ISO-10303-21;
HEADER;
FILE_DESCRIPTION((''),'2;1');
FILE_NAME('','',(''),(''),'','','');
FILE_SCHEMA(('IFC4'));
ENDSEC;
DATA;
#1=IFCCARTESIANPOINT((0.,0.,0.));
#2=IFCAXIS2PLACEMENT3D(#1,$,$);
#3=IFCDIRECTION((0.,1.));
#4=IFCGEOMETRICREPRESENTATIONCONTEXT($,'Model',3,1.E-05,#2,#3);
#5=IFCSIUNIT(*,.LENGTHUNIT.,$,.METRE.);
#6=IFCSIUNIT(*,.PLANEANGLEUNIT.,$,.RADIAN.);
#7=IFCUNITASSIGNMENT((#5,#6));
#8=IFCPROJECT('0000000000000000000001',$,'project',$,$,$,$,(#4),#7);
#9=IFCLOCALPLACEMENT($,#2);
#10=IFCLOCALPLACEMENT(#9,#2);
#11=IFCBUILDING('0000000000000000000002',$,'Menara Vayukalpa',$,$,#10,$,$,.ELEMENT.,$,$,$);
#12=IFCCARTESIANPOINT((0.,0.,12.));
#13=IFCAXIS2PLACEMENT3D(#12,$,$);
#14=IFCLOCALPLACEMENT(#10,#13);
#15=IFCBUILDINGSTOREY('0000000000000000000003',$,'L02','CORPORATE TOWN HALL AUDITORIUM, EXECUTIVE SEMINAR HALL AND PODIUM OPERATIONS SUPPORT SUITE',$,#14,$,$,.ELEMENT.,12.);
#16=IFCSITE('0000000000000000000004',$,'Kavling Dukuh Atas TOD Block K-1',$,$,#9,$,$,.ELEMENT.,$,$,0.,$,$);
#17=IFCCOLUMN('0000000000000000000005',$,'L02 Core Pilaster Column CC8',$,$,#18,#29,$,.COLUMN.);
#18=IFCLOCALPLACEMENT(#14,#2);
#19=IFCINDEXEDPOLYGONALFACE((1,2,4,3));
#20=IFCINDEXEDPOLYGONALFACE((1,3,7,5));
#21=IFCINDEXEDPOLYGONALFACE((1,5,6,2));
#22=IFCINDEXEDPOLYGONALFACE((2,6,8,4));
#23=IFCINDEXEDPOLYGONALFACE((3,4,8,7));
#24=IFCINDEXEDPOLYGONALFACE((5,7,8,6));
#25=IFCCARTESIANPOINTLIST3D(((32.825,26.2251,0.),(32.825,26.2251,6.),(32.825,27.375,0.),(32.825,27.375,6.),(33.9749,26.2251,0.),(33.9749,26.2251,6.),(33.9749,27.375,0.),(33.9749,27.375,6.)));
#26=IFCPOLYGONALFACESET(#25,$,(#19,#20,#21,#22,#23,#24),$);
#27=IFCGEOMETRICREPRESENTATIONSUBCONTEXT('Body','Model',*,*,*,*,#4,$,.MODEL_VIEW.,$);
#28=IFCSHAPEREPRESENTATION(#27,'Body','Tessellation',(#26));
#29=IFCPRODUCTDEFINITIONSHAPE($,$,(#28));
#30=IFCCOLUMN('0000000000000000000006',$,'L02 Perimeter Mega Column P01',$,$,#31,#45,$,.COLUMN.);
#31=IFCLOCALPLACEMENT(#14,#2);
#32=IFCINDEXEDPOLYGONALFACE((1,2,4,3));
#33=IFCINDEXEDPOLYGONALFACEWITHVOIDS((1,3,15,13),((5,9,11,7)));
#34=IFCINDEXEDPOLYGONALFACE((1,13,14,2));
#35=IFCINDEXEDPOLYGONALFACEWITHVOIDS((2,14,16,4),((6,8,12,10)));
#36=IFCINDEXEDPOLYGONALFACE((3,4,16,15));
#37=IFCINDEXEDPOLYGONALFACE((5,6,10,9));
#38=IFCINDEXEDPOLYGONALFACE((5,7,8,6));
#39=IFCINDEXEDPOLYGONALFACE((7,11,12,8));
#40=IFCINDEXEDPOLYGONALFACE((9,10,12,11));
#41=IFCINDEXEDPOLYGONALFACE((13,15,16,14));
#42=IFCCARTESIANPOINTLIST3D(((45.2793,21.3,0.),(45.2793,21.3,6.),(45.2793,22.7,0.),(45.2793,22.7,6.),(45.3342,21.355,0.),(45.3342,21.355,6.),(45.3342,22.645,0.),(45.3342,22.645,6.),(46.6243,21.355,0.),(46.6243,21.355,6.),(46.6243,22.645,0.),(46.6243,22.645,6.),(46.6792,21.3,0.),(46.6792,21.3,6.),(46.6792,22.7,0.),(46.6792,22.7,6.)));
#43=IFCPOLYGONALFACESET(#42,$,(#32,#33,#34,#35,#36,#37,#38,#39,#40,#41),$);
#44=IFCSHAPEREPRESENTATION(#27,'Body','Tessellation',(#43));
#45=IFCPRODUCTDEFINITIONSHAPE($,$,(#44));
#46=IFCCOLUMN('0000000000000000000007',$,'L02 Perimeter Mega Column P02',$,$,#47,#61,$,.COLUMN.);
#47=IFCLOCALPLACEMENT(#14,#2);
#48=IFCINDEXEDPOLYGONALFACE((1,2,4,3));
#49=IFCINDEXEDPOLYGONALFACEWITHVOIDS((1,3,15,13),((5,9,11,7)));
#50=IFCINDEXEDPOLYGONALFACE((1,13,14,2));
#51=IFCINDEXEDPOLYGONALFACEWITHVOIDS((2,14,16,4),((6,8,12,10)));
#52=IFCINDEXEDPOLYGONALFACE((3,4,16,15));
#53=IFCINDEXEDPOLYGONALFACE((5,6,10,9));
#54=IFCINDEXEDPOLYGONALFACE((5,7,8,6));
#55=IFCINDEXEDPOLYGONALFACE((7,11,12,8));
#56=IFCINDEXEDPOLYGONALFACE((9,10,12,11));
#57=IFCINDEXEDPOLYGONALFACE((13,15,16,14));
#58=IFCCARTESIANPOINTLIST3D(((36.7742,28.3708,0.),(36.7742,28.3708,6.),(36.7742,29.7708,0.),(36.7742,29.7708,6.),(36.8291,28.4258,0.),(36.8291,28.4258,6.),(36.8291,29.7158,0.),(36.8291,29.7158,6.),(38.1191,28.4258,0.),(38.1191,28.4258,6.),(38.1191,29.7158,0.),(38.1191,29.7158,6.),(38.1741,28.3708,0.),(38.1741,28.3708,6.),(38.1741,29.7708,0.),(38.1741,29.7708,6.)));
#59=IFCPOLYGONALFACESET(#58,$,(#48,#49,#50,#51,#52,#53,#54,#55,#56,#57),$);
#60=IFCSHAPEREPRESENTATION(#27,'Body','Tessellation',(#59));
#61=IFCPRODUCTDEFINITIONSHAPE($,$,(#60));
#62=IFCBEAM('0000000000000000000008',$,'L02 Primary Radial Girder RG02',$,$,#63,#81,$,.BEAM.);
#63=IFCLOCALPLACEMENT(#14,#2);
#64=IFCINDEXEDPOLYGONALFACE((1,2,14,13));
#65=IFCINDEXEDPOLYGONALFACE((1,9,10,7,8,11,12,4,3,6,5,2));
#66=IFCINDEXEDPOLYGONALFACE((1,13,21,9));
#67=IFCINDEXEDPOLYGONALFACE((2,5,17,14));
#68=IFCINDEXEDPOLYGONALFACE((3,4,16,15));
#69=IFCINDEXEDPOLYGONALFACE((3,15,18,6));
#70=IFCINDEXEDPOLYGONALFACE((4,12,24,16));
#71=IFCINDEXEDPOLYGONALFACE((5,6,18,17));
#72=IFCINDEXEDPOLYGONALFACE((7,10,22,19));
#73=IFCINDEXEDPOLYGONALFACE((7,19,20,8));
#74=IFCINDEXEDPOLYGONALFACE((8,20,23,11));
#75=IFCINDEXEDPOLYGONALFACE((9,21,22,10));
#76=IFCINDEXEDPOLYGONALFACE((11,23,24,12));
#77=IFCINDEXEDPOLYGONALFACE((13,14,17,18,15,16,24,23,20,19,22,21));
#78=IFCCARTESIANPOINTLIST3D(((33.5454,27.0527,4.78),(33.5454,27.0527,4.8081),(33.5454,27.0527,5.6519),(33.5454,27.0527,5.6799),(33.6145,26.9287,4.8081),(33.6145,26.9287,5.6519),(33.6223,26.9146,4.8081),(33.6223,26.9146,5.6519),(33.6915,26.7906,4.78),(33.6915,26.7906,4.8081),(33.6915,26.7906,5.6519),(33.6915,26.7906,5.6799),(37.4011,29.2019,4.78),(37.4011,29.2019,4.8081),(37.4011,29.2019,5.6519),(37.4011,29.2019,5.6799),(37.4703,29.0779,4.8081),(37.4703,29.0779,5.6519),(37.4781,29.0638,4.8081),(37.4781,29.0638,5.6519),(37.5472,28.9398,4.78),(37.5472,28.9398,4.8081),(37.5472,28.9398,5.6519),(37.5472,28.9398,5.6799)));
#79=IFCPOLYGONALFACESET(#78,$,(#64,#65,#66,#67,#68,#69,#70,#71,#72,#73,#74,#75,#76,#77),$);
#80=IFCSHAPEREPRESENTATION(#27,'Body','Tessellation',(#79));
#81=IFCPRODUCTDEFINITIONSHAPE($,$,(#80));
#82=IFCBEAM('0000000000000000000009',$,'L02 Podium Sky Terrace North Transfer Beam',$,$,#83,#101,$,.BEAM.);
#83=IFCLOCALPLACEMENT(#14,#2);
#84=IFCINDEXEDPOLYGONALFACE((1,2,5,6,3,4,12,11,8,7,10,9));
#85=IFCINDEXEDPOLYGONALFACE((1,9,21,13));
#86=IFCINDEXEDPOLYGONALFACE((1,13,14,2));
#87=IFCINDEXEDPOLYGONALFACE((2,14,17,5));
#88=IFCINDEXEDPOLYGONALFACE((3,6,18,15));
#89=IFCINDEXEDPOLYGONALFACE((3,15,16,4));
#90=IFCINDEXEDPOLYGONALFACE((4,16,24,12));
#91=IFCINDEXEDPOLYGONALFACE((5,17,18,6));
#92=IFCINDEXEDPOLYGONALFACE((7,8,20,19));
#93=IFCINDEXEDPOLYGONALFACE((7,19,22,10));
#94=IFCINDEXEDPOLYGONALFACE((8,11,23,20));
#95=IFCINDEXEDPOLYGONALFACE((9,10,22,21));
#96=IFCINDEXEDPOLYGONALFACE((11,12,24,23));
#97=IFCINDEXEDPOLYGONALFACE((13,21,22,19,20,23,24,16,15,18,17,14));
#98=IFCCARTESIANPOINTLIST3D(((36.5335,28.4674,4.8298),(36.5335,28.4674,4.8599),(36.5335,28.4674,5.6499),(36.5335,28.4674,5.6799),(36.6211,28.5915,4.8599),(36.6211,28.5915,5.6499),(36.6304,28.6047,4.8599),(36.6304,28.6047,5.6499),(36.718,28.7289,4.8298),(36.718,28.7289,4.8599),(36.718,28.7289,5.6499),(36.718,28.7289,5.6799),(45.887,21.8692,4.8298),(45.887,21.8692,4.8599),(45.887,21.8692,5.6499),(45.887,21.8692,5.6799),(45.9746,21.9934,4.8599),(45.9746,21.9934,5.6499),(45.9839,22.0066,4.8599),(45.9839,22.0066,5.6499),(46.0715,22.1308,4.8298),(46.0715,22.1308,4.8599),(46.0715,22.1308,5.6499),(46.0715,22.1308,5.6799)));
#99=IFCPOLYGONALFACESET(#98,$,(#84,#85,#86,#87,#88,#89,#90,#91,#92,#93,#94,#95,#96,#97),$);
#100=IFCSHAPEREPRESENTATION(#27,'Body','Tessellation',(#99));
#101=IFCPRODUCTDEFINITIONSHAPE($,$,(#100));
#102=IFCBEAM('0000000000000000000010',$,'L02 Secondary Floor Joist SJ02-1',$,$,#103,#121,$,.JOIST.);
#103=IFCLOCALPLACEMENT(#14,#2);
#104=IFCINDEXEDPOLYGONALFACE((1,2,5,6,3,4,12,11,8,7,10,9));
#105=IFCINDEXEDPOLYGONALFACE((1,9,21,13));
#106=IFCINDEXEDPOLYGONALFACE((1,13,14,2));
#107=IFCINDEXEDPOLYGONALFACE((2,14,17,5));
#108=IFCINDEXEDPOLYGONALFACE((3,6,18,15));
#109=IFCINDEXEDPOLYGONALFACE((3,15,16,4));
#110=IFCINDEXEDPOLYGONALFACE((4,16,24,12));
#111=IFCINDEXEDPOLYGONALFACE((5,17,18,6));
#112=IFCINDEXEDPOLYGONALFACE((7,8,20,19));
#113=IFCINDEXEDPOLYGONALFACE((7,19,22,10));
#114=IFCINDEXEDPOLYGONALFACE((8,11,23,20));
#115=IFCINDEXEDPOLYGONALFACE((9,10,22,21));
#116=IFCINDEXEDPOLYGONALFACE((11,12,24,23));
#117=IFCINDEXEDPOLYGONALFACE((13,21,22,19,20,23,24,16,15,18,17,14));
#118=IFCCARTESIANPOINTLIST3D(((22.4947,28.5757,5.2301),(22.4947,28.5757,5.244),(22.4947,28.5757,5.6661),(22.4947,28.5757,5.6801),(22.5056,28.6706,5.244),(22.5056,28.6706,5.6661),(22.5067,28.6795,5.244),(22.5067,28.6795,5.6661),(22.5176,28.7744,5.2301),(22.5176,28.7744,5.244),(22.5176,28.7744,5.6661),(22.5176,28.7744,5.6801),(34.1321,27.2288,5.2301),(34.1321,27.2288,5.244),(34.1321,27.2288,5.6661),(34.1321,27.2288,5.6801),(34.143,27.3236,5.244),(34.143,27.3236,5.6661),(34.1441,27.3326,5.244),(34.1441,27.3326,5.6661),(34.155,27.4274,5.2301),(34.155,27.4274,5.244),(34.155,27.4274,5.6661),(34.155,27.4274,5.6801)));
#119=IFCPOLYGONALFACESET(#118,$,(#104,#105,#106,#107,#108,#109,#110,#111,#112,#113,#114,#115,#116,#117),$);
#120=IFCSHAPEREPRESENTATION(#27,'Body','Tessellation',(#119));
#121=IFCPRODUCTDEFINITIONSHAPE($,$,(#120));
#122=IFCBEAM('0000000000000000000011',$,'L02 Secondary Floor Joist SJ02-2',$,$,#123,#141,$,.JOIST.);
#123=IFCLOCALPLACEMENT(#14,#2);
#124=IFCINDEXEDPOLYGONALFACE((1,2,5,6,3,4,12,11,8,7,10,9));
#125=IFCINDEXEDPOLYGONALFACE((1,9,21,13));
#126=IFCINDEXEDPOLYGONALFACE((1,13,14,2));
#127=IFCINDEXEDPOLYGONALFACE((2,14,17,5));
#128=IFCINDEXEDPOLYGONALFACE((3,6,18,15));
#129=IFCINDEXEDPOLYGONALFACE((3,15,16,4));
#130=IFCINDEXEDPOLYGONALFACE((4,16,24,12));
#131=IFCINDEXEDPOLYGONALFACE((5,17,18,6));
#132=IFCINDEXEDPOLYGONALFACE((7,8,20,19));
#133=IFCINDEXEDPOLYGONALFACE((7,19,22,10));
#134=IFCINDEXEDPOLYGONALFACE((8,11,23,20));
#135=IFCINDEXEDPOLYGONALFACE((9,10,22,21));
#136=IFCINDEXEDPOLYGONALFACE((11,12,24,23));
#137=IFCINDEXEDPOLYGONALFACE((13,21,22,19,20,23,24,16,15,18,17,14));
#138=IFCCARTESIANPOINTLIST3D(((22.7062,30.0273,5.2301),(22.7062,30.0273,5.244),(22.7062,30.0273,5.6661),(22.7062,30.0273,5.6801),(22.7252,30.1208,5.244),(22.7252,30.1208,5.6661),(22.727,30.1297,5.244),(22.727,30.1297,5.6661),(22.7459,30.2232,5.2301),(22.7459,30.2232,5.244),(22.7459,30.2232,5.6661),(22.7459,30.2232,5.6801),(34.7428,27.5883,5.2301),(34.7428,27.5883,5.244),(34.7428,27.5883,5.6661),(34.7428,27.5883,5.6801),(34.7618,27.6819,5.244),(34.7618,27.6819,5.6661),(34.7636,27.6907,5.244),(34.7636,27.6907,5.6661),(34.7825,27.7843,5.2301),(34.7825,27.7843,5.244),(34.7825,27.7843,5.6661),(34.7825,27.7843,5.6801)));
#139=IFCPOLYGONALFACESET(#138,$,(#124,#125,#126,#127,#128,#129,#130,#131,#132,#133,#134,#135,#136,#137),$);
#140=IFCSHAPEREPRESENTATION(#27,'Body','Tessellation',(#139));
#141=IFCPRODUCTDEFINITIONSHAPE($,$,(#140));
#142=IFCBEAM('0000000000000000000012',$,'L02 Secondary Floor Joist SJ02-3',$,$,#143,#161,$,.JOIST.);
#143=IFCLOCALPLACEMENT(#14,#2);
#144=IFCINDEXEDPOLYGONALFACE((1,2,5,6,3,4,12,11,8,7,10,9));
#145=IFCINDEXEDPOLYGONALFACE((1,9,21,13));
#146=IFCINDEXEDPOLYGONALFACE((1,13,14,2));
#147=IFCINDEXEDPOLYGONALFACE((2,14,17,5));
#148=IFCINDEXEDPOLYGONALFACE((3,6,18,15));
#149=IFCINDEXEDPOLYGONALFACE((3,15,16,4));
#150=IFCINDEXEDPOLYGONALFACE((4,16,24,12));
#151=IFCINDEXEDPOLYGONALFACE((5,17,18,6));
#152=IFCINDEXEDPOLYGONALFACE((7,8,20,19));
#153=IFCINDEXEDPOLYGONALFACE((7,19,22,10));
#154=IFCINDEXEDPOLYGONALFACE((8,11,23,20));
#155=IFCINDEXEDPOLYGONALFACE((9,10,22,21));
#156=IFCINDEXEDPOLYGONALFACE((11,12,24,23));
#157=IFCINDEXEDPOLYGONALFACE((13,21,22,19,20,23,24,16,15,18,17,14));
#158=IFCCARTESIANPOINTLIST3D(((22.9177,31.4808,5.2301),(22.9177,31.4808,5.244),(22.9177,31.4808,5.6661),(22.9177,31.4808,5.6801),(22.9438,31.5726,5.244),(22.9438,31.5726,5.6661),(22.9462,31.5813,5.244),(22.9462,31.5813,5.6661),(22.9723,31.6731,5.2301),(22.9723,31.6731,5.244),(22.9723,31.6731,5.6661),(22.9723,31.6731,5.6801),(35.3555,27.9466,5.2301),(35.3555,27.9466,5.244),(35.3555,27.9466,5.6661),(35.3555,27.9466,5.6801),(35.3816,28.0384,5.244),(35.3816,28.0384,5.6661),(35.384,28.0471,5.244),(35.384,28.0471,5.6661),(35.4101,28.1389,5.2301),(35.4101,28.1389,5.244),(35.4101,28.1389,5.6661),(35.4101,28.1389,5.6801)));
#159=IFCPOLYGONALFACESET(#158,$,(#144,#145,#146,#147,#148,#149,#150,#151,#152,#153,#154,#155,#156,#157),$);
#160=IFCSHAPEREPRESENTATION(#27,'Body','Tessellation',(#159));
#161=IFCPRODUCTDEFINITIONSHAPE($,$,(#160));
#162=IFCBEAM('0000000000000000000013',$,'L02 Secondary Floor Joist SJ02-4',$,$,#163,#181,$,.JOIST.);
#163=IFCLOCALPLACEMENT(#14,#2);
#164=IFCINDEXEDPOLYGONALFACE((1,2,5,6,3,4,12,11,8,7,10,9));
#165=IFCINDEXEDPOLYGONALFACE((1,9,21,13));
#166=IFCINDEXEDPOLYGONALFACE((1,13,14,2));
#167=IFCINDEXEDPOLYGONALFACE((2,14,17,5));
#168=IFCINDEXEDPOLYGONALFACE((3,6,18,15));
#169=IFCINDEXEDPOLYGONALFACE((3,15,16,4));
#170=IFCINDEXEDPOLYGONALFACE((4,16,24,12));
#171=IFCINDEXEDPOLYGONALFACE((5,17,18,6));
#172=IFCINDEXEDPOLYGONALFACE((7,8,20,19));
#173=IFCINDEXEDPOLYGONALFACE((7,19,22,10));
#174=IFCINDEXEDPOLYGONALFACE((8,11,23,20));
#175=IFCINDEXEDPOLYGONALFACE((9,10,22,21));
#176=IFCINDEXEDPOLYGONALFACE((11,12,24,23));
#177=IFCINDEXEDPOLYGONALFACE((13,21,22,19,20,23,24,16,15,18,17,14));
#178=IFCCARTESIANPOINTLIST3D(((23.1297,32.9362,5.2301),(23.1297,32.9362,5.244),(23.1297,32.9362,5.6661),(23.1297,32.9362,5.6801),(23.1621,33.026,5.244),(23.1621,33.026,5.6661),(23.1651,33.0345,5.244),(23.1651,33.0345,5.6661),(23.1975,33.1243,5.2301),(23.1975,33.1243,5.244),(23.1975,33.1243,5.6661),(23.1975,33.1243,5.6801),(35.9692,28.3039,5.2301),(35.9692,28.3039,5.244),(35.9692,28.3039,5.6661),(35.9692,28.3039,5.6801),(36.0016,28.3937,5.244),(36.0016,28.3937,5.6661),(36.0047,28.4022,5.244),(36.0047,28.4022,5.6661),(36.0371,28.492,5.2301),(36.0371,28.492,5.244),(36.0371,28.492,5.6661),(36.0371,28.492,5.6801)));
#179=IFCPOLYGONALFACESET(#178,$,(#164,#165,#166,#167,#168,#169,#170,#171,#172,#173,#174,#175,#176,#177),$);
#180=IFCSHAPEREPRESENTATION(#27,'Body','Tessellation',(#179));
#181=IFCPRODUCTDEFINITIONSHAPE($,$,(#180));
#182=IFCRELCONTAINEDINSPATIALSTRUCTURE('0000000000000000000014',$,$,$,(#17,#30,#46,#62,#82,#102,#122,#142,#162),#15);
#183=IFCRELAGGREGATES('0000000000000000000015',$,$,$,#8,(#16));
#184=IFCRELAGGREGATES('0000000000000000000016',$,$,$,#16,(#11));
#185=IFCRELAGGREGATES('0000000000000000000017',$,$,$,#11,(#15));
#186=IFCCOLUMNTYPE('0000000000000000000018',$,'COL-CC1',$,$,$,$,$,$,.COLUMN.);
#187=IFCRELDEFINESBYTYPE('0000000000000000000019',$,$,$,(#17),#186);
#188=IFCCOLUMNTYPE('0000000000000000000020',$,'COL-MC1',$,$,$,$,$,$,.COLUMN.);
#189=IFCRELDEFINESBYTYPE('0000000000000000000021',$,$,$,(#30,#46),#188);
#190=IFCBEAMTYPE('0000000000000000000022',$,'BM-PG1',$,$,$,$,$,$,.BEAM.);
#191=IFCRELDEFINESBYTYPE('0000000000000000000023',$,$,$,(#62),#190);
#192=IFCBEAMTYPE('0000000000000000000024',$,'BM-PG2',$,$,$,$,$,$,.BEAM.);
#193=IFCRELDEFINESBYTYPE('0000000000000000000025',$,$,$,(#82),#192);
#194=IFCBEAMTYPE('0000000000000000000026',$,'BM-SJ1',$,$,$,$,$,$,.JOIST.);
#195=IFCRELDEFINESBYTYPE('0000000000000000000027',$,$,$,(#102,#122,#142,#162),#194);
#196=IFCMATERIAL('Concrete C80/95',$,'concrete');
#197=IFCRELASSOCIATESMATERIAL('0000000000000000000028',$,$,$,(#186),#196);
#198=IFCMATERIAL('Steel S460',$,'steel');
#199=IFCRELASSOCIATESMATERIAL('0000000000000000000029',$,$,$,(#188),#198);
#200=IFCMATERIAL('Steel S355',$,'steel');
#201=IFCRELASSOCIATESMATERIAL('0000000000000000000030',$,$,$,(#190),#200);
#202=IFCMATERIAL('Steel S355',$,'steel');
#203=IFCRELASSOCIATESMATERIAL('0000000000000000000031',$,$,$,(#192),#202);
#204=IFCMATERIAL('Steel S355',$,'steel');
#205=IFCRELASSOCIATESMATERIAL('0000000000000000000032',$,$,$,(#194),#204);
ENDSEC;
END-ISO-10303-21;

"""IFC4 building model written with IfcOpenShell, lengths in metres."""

from ifc_helpers import new_model, si_unit, direction, frame, origin, origin_2d, place, context, subcontext, project, spatial, rectangle, hollow_rectangle, i_section, extrude, material, material_profile, profile_set, type_object, element, save


model = new_model("IFC4")

# Units and contexts
model_context = context("Model", 3, precision=1e-05, world=origin(), true_north=direction((0.0, 1.0)))
body_context = subcontext(model_context, "Body", "Model", "MODEL_VIEW")
ifc_project = project(units=[si_unit("LENGTHUNIT", "METRE"), si_unit("PLANEANGLEUNIT", "RADIAN")], contexts=[model_context])

# Site, building, storey
site_placement = place(None, origin())
site = spatial("IfcSite", under=ifc_project, at=site_placement, Name="Kavling Dukuh Atas TOD Block K-1", CompositionType="ELEMENT", RefElevation=0.0)
building_placement = place(site_placement, origin())
building = spatial("IfcBuilding", under=site, at=building_placement, Name="Menara Vayukalpa", CompositionType="ELEMENT")
storey_placement = place(building_placement, frame((0.0, 0.0, 12.0)))
storey = spatial("IfcBuildingStorey", under=building, at=storey_placement, Name="L02", Description="CORPORATE TOWN HALL AUDITORIUM, EXECUTIVE SEMINAR HALL AND PODIUM OPERATIONS SUPPORT SUITE", CompositionType="ELEMENT", Elevation=12.0)

# Columns
ifc_material_1 = material(Name="Concrete C80/95", Category="concrete")
ifc_material_profile_1 = material_profile(ifc_material_1, rectangle(XDim=1.1499, YDim=1.1499, at=origin_2d()), Name="RC 1150x1150")
ifc_profile_set_1 = profile_set([ifc_material_profile_1], Name="Concrete C80/95")
column_type_1 = type_object("IfcColumnType", Name="COL-CC1", PredefinedType="COLUMN", material=ifc_profile_set_1)
column_placement = place(storey_placement, frame((33.3999, 26.8, 0.0), z_axis=(0.0, 0.0, 1.0), x_axis=(1.0, 0.0, 0.0)))
element("IfcColumn", 1, at=column_placement, inside=storey, type_object=column_type_1, Name="L02 Core Pilaster Column CC8", PredefinedType="COLUMN", context=body_context, shape_type="SweptSolid", body=[
    extrude(rectangle(XDim=1.1499, YDim=1.1499, at=origin_2d()), origin(), (0.0, 0.0, 1.0), 6.0),
])
ifc_material_2 = material(Name="Steel S460", Category="steel")
ifc_material_profile_2 = material_profile(ifc_material_2, hollow_rectangle(XDim=1.3999, YDim=1.3999, WallThickness=0.0549, at=origin_2d()), Name="BOX 1400x1400x55")
ifc_profile_set_2 = profile_set([ifc_material_profile_2], Name="Steel S460")
column_type_2 = type_object("IfcColumnType", Name="COL-MC1", PredefinedType="COLUMN", material=ifc_profile_set_2)
for number, where, z_axis, x_axis, name in (
    (2, (45.9792, 22.0, 0.0), (0.0, 0.0, 1.0), (1.0, 0.0, 0.0), "L02 Perimeter Mega Column P01"),
    (3, (37.4741, 29.0708, 0.0), (0.0, 0.0, 1.0), (1.0, 0.0, 0.0), "L02 Perimeter Mega Column P02"),
):
    element("IfcColumn", number, at=place(storey_placement, frame(where, z_axis=z_axis, x_axis=x_axis)), inside=storey, type_object=column_type_2, Name=name, PredefinedType="COLUMN", context=body_context, shape_type="SweptSolid", body=[
        extrude(hollow_rectangle(XDim=1.3999, YDim=1.3999, WallThickness=0.0549, at=origin_2d()), origin(), (0.0, 0.0, 1.0), 6.0),
    ])

# Beams
ifc_material_3 = material(Name="Steel S355", Category="steel")
ifc_material_profile_3 = material_profile(ifc_material_3, i_section(OverallWidth=0.3, OverallDepth=0.8999, WebThickness=0.0161, FlangeThickness=0.0281, at=origin_2d()), Name="WF 900x300x16x28")
ifc_profile_set_3 = profile_set([ifc_material_profile_3], Name="Steel S355")
beam_type_1 = type_object("IfcBeamType", Name="BM-PG1", PredefinedType="BEAM", material=ifc_profile_set_3)
beam_1_placement = place(storey_placement, frame((33.6184, 26.9216, 5.23), z_axis=(0.873473, 0.486873, 0.0), x_axis=(-0.486873, 0.873473, 0.0)))
element("IfcBeam", 4, at=beam_1_placement, inside=storey, type_object=beam_type_1, Name="L02 Primary Radial Girder RG02", PredefinedType="BEAM", context=body_context, shape_type="SweptSolid", body=[
    extrude(i_section(OverallWidth=0.3, OverallDepth=0.8999, WebThickness=0.0161, FlangeThickness=0.0281, at=origin_2d()), origin(), (0.0, 0.0, 1.0), 4.4143),
])
ifc_material_4 = material(Name="Steel S355", Category="steel")
ifc_material_profile_4 = material_profile(ifc_material_4, i_section(OverallWidth=0.3201, OverallDepth=0.8501, WebThickness=0.0161, FlangeThickness=0.03, at=origin_2d()), Name="WF 850x320x16x30")
ifc_profile_set_4 = profile_set([ifc_material_profile_4], Name="Steel S355")
beam_type_2 = type_object("IfcBeamType", Name="BM-PG2", PredefinedType="BEAM", material=ifc_profile_set_4)
beam_2_placement = place(storey_placement, frame((45.9792, 22.0, 5.2549), z_axis=(-0.817146, 0.57643, 0.0), x_axis=(-0.57643, -0.817146, 0.0)))
element("IfcBeam", 5, at=beam_2_placement, inside=storey, type_object=beam_type_2, Name="L02 Podium Sky Terrace North Transfer Beam", PredefinedType="BEAM", context=body_context, shape_type="SweptSolid", body=[
    extrude(i_section(OverallWidth=0.3201, OverallDepth=0.8501, WebThickness=0.0161, FlangeThickness=0.03, at=origin_2d()), origin(), (0.0, 0.0, 1.0), 11.4465),
])
ifc_material_5 = material(Name="Steel S355", Category="steel")
ifc_material_profile_5 = material_profile(ifc_material_5, i_section(OverallWidth=0.2, OverallDepth=0.45, WebThickness=0.009, FlangeThickness=0.0139, at=origin_2d()), Name="WF 450x200x9x14")
ifc_profile_set_5 = profile_set([ifc_material_profile_5], Name="Steel S355")
beam_type_3 = type_object("IfcBeamType", Name="BM-SJ1", PredefinedType="JOIST", material=ifc_profile_set_5)
beam_3_placement = place(storey_placement, frame((34.1436, 27.3281, 5.4551), z_axis=(-0.993369, 0.114973, 0.0), x_axis=(-0.114973, -0.993369, 0.0)))
element("IfcBeam", 6, at=beam_3_placement, inside=storey, type_object=beam_type_3, Name="L02 Secondary Floor Joist SJ02-1", PredefinedType="JOIST", context=body_context, shape_type="SweptSolid", body=[
    extrude(i_section(OverallWidth=0.2, OverallDepth=0.45, WebThickness=0.009, FlangeThickness=0.0139, at=origin_2d()), origin(), (0.0, 0.0, 1.0), 11.7151),
])
beam_4_placement = place(storey_placement, frame((34.7627, 27.6863, 5.4551), z_axis=(-0.980082, 0.198593, 0.0), x_axis=(-0.198593, -0.980082, 0.0)))
element("IfcBeam", 7, at=beam_4_placement, inside=storey, type_object=beam_type_3, Name="L02 Secondary Floor Joist SJ02-2", PredefinedType="JOIST", context=body_context, shape_type="SweptSolid", body=[
    extrude(i_section(OverallWidth=0.2, OverallDepth=0.45, WebThickness=0.009, FlangeThickness=0.0139, at=origin_2d()), origin(), (0.0, 0.0, 1.0), 12.2812),
])
beam_5_placement = place(storey_placement, frame((35.3828, 28.0427, 5.4551), z_axis=(-0.961921, 0.273329, 0.0), x_axis=(-0.273329, -0.961921, 0.0)))
element("IfcBeam", 8, at=beam_5_placement, inside=storey, type_object=beam_type_3, Name="L02 Secondary Floor Joist SJ02-3", PredefinedType="JOIST", context=body_context, shape_type="SweptSolid", body=[
    extrude(i_section(OverallWidth=0.2, OverallDepth=0.45, WebThickness=0.009, FlangeThickness=0.0139, at=origin_2d()), origin(), (0.0, 0.0, 1.0), 12.9302),
])
beam_6_placement = place(storey_placement, frame((36.0032, 28.3979, 5.4551), z_axis=(-0.940652, 0.339372, 0.0), x_axis=(-0.339372, -0.940652, 0.0)))
element("IfcBeam", 9, at=beam_6_placement, inside=storey, type_object=beam_type_3, Name="L02 Secondary Floor Joist SJ02-4", PredefinedType="JOIST", context=body_context, shape_type="SweptSolid", body=[
    extrude(i_section(OverallWidth=0.2, OverallDepth=0.45, WebThickness=0.009, FlangeThickness=0.0139, at=origin_2d()), origin(), (0.0, 0.0, 1.0), 13.6497),
])

save(model, "model.ifc")
